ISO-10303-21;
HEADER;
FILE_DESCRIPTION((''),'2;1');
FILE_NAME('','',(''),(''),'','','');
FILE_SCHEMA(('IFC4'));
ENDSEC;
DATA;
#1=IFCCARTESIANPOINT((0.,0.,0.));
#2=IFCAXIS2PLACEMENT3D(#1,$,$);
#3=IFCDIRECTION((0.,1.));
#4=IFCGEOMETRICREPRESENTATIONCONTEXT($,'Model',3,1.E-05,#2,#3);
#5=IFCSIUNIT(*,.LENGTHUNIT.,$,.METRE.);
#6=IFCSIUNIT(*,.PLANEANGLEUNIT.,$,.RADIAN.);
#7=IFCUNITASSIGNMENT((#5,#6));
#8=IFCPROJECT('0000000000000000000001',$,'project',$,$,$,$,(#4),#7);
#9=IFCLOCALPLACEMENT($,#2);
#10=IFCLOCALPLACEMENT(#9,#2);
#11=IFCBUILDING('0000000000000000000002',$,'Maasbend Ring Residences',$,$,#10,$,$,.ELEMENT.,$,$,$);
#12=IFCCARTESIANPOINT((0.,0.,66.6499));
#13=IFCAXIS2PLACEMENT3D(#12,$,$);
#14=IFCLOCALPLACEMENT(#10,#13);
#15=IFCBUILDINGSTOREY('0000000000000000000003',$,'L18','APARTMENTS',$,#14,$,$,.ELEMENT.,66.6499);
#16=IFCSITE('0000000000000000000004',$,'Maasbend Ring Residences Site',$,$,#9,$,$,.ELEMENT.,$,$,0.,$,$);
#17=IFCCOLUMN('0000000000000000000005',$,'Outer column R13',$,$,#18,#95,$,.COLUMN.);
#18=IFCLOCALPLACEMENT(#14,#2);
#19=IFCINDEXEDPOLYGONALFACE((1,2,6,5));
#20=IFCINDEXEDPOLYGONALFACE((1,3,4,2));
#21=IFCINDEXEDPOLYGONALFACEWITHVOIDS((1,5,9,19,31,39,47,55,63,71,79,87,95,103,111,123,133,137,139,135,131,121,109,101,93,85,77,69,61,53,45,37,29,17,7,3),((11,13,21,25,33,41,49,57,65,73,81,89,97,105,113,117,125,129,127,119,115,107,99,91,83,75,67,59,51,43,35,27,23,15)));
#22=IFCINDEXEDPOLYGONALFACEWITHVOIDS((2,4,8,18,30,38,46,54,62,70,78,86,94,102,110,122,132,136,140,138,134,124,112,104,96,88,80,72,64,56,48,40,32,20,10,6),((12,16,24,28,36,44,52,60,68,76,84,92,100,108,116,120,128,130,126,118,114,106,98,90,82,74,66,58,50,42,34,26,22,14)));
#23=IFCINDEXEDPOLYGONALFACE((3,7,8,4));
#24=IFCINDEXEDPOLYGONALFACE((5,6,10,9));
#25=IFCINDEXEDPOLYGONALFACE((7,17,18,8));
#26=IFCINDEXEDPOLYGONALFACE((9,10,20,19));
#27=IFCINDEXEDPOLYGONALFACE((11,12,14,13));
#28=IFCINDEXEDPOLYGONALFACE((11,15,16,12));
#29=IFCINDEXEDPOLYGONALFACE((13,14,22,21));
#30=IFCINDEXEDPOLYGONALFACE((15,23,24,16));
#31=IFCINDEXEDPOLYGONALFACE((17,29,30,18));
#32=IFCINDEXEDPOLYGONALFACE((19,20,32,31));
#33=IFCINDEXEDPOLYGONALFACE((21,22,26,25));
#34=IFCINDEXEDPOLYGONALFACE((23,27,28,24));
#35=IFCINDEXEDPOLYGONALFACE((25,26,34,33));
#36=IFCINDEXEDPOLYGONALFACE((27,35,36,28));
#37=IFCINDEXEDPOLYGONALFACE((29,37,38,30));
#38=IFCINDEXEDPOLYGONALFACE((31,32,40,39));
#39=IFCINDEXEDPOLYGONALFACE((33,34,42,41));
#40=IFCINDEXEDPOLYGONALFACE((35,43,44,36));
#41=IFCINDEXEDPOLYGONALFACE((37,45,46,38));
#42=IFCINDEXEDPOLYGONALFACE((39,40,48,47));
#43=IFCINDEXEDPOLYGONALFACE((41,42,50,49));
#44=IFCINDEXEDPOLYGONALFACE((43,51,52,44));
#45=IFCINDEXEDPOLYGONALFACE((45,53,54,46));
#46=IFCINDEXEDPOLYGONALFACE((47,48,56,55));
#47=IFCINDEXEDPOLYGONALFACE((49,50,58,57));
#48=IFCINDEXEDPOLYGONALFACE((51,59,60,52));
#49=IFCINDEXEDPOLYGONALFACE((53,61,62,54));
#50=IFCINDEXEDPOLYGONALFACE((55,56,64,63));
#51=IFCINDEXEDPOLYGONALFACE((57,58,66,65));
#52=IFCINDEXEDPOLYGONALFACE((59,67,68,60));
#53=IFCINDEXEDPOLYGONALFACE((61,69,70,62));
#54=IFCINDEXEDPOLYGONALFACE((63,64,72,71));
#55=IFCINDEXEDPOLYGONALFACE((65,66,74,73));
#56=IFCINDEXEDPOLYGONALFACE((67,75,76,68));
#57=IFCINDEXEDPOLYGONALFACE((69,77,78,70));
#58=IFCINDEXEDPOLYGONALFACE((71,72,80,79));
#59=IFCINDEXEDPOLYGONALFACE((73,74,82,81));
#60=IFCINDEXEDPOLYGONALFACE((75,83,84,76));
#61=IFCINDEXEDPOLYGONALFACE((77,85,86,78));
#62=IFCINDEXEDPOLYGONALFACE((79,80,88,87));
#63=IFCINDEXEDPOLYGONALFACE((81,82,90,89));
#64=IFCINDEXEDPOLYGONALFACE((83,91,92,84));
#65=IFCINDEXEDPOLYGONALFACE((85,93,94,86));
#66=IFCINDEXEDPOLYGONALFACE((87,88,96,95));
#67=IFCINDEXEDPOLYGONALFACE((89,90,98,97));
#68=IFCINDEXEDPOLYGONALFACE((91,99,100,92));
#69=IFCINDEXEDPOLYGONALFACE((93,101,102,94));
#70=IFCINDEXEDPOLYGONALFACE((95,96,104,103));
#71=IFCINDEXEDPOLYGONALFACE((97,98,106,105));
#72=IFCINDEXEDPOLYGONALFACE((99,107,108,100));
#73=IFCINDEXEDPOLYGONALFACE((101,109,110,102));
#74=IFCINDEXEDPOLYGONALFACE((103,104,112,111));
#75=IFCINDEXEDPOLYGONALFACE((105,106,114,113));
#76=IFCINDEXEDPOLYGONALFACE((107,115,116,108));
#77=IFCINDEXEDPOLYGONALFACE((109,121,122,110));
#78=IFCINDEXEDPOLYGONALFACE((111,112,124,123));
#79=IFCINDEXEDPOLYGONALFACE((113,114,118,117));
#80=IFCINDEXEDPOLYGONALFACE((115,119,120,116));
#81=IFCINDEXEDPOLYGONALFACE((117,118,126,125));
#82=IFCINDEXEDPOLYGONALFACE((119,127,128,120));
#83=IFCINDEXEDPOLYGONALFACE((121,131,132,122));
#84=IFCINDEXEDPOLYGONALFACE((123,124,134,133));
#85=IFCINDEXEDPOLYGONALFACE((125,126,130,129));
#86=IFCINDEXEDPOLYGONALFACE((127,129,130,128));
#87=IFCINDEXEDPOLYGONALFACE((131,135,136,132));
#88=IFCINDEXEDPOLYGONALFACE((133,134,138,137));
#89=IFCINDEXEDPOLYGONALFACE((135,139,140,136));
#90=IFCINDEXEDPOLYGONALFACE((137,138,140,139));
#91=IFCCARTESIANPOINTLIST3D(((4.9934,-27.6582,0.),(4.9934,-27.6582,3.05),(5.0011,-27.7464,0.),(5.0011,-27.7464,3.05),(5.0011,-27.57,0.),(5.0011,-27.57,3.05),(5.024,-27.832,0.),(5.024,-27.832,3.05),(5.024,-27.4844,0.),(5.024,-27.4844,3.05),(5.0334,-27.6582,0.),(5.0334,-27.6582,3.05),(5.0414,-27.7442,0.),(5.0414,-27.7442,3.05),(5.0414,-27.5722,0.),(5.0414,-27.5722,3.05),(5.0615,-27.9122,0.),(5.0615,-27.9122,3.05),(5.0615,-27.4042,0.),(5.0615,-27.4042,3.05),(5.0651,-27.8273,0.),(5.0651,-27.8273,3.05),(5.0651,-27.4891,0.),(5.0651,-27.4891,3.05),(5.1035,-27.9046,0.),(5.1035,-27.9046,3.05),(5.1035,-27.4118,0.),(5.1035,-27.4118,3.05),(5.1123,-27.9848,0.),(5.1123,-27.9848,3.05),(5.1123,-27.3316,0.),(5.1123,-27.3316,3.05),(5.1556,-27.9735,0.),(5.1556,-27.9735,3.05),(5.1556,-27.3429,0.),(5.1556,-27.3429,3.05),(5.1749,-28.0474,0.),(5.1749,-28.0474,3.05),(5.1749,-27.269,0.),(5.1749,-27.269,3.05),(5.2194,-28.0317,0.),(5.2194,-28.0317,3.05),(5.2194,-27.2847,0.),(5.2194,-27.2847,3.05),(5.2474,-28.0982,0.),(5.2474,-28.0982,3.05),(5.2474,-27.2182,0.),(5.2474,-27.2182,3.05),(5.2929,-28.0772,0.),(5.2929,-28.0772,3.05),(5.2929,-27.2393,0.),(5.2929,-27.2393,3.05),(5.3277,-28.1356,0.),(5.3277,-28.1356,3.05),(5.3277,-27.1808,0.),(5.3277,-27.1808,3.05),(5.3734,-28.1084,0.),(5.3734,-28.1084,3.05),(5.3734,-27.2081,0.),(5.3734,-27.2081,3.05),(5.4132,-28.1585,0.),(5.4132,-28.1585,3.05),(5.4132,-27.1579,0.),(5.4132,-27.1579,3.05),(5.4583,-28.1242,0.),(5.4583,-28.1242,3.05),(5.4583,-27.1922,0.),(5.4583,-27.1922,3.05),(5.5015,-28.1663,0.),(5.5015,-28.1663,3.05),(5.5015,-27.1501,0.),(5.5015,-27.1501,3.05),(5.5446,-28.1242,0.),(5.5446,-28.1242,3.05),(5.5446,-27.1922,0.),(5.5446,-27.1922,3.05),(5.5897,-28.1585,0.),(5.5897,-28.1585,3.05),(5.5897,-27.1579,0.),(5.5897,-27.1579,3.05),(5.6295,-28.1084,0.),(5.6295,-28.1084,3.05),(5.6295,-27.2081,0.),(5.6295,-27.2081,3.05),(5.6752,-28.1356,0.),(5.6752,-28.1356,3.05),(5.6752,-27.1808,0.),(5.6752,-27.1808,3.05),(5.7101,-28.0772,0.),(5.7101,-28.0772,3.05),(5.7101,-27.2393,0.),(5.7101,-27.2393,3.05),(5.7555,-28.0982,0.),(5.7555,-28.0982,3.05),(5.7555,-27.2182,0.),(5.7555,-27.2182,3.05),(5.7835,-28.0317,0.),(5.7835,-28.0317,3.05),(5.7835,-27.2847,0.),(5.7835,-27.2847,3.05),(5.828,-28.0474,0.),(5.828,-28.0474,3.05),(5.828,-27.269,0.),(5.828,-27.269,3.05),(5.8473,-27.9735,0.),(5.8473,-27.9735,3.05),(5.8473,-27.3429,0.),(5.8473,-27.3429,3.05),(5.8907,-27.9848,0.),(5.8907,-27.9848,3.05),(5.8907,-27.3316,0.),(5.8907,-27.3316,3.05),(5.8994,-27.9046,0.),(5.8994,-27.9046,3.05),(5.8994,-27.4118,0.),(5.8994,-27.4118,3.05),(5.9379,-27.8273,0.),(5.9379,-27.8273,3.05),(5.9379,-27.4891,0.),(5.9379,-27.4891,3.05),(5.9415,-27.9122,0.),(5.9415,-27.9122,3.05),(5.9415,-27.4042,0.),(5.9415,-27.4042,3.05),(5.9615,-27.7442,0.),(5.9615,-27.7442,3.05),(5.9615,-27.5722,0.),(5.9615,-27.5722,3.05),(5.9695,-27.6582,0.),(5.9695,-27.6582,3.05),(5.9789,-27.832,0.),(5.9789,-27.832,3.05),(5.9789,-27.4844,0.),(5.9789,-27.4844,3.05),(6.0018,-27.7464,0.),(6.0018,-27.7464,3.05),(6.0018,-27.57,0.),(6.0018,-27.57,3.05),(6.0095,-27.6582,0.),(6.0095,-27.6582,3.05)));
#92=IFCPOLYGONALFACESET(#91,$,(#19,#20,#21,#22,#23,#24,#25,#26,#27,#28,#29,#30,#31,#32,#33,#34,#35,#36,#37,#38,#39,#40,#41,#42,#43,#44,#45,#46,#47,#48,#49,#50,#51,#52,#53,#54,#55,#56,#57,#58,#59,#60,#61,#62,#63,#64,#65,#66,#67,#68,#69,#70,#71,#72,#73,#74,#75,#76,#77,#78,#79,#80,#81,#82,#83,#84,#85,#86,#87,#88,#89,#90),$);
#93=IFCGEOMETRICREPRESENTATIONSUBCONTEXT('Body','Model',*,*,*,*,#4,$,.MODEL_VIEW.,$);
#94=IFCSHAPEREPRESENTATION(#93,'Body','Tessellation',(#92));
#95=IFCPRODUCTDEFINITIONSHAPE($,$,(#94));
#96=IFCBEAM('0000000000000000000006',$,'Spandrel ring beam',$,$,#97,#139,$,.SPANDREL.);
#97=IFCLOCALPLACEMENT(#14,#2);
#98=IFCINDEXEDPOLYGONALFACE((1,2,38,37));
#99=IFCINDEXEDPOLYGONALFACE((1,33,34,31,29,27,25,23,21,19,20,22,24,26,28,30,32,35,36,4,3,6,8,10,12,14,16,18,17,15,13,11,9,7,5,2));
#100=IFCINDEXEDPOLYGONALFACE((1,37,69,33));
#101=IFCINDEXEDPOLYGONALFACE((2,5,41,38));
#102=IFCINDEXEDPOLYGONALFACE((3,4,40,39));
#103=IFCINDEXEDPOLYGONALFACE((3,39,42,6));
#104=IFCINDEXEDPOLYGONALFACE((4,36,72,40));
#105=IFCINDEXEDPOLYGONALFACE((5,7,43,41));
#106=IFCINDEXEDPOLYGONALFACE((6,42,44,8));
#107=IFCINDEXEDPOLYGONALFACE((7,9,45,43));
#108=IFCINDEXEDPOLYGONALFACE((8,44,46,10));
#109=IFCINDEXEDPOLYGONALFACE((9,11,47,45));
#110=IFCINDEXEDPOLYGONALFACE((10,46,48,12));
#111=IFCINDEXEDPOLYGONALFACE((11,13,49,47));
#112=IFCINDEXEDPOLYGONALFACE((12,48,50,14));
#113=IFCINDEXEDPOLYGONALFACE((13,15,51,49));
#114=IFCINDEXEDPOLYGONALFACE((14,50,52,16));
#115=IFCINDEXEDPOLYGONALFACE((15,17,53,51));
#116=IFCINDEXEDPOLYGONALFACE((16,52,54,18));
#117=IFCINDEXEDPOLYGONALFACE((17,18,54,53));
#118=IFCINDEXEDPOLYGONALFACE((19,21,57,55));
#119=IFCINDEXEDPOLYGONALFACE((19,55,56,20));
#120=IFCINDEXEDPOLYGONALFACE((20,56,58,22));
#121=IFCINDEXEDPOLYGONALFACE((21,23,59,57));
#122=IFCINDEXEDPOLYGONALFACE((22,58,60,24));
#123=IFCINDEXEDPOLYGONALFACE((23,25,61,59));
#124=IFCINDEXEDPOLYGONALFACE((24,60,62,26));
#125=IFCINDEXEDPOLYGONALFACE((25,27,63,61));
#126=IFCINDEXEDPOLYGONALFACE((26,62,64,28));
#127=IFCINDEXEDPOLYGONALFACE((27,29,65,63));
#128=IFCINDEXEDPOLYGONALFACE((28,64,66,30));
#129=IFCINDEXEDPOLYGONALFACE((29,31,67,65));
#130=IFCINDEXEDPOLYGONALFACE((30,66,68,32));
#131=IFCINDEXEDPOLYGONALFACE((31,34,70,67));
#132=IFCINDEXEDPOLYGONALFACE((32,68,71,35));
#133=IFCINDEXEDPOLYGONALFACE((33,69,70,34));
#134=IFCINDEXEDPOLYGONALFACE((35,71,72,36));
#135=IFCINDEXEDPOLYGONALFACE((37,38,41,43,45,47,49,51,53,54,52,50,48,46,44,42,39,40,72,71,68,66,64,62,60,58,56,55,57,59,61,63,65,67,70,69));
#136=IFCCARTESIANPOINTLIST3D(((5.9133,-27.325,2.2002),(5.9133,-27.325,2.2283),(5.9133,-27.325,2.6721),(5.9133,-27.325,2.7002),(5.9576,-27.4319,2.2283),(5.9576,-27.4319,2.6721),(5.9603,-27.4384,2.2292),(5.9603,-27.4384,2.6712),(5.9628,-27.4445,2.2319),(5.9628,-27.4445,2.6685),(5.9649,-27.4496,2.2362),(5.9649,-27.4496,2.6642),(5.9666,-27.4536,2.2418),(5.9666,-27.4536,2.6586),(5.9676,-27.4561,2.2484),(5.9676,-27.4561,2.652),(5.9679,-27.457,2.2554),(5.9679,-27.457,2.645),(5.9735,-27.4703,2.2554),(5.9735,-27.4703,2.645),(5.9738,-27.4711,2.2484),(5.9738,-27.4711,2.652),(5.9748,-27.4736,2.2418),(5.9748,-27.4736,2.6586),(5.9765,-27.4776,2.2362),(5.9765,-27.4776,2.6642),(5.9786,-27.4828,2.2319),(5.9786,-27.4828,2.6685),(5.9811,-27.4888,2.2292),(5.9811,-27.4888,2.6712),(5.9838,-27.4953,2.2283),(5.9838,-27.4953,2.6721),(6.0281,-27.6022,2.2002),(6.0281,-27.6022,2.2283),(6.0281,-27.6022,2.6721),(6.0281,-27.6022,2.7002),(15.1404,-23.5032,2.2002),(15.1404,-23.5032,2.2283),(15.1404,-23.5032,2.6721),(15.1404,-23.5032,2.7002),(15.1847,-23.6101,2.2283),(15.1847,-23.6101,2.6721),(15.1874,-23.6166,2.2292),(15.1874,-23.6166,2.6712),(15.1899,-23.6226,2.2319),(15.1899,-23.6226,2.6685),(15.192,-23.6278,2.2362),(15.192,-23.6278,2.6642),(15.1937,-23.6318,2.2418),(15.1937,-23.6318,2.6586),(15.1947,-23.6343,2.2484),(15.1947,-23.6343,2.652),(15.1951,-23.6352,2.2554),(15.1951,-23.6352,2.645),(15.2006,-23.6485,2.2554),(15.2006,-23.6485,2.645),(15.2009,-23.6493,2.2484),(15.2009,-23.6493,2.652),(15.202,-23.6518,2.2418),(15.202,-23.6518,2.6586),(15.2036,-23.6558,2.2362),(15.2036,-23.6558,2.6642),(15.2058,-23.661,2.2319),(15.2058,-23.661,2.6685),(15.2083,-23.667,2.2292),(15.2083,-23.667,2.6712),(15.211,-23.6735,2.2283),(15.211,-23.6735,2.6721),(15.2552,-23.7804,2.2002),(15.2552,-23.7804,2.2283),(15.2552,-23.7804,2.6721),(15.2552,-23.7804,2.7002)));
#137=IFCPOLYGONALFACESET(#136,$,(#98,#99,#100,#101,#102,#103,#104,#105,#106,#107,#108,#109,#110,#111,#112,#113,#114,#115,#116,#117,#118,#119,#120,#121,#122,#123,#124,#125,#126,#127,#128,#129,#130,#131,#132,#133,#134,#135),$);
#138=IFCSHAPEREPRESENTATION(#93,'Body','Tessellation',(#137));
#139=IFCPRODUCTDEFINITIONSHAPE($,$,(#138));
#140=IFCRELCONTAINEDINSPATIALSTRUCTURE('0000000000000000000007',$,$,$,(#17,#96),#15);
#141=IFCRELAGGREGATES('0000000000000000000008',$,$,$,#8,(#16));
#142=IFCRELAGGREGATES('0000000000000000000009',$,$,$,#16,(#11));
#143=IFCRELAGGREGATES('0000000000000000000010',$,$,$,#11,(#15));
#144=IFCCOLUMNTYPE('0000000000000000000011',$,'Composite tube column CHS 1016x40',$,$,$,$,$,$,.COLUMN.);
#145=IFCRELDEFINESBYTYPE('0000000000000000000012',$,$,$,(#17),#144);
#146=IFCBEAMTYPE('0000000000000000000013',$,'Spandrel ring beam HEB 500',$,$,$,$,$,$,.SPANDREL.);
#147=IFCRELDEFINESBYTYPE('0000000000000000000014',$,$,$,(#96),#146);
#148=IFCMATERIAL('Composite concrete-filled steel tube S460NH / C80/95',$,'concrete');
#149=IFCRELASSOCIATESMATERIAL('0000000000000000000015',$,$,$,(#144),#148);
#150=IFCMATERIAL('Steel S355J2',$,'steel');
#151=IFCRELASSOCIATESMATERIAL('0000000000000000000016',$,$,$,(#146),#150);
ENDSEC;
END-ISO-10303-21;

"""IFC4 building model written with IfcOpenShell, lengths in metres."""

from ifc_helpers import new_model, si_unit, direction, frame, origin, origin_2d, place, context, subcontext, project, spatial, hollow_circle, i_section, extrude, material, material_profile, profile_set, type_object, element, save


model = new_model("IFC4")

# Units and contexts
model_context = context("Model", 3, precision=1e-05, world=origin(), true_north=direction((0.0, 1.0)))
body_context = subcontext(model_context, "Body", "Model", "MODEL_VIEW")
ifc_project = project(units=[si_unit("LENGTHUNIT", "METRE"), si_unit("PLANEANGLEUNIT", "RADIAN")], contexts=[model_context])

# Site, building, storey
site_placement = place(None, origin())
site = spatial("IfcSite", under=ifc_project, at=site_placement, Name="Maasbend Ring Residences Site", CompositionType="ELEMENT", RefElevation=0.0)
building_placement = place(site_placement, origin())
building = spatial("IfcBuilding", under=site, at=building_placement, Name="Maasbend Ring Residences", CompositionType="ELEMENT")
storey_placement = place(building_placement, frame((0.0, 0.0, 66.6499)))
storey = spatial("IfcBuildingStorey", under=building, at=storey_placement, Name="L18", Description="APARTMENTS", CompositionType="ELEMENT", Elevation=66.6499)

# Column
ifc_material_1 = material(Name="Composite concrete-filled steel tube S460NH / C80/95", Category="concrete")
ifc_material_profile_1 = material_profile(ifc_material_1, hollow_circle(Radius=0.5081, WallThickness=0.04, at=origin_2d()), Name="Composite tube column CHS 1016x40")
ifc_profile_set_1 = profile_set([ifc_material_profile_1], Name="Composite concrete-filled steel tube S460NH / C80/95")
column_type = type_object("IfcColumnType", Name="Composite tube column CHS 1016x40", PredefinedType="COLUMN", material=ifc_profile_set_1)
column_placement = place(storey_placement, frame((5.5015, -27.6582, 0.0), z_axis=(0.0, 0.0, 1.0), x_axis=(1.0, 0.0, 0.0)))
element("IfcColumn", 1, at=column_placement, inside=storey, type_object=column_type, Name="Outer column R13", PredefinedType="COLUMN", context=body_context, shape_type="SweptSolid", body=[
    extrude(hollow_circle(Radius=0.5081, WallThickness=0.04, at=origin_2d()), origin(), (0.0, 0.0, 1.0), 3.05),
])

# Beam
ifc_material_2 = material(Name="Steel S355J2", Category="steel")
ifc_material_profile_2 = material_profile(ifc_material_2, i_section(OverallWidth=0.3, OverallDepth=0.5, WebThickness=0.0144, FlangeThickness=0.0281, FilletRadius=0.0271, at=origin_2d()), Name="HEB 500")
ifc_profile_set_2 = profile_set([ifc_material_profile_2], Name="Steel S355J2")
beam_type = type_object("IfcBeamType", Name="Spandrel ring beam HEB 500", PredefinedType="SPANDREL", material=ifc_profile_set_2)
beam_placement = place(storey_placement, frame((5.9707, -27.4636, 2.4502), z_axis=(0.923886, 0.382667, 0.0), x_axis=(-0.382667, 0.923886, 0.0)))
element("IfcBeam", 2, at=beam_placement, inside=storey, type_object=beam_type, Name="Spandrel ring beam", PredefinedType="SPANDREL", context=body_context, shape_type="SweptSolid", body=[
    extrude(i_section(OverallWidth=0.3, OverallDepth=0.5, WebThickness=0.0144, FlangeThickness=0.0281, FilletRadius=0.0271, at=origin_2d()), origin(), (0.0, 0.0, 1.0), 9.9873),
])

save(model, "model.ifc")
